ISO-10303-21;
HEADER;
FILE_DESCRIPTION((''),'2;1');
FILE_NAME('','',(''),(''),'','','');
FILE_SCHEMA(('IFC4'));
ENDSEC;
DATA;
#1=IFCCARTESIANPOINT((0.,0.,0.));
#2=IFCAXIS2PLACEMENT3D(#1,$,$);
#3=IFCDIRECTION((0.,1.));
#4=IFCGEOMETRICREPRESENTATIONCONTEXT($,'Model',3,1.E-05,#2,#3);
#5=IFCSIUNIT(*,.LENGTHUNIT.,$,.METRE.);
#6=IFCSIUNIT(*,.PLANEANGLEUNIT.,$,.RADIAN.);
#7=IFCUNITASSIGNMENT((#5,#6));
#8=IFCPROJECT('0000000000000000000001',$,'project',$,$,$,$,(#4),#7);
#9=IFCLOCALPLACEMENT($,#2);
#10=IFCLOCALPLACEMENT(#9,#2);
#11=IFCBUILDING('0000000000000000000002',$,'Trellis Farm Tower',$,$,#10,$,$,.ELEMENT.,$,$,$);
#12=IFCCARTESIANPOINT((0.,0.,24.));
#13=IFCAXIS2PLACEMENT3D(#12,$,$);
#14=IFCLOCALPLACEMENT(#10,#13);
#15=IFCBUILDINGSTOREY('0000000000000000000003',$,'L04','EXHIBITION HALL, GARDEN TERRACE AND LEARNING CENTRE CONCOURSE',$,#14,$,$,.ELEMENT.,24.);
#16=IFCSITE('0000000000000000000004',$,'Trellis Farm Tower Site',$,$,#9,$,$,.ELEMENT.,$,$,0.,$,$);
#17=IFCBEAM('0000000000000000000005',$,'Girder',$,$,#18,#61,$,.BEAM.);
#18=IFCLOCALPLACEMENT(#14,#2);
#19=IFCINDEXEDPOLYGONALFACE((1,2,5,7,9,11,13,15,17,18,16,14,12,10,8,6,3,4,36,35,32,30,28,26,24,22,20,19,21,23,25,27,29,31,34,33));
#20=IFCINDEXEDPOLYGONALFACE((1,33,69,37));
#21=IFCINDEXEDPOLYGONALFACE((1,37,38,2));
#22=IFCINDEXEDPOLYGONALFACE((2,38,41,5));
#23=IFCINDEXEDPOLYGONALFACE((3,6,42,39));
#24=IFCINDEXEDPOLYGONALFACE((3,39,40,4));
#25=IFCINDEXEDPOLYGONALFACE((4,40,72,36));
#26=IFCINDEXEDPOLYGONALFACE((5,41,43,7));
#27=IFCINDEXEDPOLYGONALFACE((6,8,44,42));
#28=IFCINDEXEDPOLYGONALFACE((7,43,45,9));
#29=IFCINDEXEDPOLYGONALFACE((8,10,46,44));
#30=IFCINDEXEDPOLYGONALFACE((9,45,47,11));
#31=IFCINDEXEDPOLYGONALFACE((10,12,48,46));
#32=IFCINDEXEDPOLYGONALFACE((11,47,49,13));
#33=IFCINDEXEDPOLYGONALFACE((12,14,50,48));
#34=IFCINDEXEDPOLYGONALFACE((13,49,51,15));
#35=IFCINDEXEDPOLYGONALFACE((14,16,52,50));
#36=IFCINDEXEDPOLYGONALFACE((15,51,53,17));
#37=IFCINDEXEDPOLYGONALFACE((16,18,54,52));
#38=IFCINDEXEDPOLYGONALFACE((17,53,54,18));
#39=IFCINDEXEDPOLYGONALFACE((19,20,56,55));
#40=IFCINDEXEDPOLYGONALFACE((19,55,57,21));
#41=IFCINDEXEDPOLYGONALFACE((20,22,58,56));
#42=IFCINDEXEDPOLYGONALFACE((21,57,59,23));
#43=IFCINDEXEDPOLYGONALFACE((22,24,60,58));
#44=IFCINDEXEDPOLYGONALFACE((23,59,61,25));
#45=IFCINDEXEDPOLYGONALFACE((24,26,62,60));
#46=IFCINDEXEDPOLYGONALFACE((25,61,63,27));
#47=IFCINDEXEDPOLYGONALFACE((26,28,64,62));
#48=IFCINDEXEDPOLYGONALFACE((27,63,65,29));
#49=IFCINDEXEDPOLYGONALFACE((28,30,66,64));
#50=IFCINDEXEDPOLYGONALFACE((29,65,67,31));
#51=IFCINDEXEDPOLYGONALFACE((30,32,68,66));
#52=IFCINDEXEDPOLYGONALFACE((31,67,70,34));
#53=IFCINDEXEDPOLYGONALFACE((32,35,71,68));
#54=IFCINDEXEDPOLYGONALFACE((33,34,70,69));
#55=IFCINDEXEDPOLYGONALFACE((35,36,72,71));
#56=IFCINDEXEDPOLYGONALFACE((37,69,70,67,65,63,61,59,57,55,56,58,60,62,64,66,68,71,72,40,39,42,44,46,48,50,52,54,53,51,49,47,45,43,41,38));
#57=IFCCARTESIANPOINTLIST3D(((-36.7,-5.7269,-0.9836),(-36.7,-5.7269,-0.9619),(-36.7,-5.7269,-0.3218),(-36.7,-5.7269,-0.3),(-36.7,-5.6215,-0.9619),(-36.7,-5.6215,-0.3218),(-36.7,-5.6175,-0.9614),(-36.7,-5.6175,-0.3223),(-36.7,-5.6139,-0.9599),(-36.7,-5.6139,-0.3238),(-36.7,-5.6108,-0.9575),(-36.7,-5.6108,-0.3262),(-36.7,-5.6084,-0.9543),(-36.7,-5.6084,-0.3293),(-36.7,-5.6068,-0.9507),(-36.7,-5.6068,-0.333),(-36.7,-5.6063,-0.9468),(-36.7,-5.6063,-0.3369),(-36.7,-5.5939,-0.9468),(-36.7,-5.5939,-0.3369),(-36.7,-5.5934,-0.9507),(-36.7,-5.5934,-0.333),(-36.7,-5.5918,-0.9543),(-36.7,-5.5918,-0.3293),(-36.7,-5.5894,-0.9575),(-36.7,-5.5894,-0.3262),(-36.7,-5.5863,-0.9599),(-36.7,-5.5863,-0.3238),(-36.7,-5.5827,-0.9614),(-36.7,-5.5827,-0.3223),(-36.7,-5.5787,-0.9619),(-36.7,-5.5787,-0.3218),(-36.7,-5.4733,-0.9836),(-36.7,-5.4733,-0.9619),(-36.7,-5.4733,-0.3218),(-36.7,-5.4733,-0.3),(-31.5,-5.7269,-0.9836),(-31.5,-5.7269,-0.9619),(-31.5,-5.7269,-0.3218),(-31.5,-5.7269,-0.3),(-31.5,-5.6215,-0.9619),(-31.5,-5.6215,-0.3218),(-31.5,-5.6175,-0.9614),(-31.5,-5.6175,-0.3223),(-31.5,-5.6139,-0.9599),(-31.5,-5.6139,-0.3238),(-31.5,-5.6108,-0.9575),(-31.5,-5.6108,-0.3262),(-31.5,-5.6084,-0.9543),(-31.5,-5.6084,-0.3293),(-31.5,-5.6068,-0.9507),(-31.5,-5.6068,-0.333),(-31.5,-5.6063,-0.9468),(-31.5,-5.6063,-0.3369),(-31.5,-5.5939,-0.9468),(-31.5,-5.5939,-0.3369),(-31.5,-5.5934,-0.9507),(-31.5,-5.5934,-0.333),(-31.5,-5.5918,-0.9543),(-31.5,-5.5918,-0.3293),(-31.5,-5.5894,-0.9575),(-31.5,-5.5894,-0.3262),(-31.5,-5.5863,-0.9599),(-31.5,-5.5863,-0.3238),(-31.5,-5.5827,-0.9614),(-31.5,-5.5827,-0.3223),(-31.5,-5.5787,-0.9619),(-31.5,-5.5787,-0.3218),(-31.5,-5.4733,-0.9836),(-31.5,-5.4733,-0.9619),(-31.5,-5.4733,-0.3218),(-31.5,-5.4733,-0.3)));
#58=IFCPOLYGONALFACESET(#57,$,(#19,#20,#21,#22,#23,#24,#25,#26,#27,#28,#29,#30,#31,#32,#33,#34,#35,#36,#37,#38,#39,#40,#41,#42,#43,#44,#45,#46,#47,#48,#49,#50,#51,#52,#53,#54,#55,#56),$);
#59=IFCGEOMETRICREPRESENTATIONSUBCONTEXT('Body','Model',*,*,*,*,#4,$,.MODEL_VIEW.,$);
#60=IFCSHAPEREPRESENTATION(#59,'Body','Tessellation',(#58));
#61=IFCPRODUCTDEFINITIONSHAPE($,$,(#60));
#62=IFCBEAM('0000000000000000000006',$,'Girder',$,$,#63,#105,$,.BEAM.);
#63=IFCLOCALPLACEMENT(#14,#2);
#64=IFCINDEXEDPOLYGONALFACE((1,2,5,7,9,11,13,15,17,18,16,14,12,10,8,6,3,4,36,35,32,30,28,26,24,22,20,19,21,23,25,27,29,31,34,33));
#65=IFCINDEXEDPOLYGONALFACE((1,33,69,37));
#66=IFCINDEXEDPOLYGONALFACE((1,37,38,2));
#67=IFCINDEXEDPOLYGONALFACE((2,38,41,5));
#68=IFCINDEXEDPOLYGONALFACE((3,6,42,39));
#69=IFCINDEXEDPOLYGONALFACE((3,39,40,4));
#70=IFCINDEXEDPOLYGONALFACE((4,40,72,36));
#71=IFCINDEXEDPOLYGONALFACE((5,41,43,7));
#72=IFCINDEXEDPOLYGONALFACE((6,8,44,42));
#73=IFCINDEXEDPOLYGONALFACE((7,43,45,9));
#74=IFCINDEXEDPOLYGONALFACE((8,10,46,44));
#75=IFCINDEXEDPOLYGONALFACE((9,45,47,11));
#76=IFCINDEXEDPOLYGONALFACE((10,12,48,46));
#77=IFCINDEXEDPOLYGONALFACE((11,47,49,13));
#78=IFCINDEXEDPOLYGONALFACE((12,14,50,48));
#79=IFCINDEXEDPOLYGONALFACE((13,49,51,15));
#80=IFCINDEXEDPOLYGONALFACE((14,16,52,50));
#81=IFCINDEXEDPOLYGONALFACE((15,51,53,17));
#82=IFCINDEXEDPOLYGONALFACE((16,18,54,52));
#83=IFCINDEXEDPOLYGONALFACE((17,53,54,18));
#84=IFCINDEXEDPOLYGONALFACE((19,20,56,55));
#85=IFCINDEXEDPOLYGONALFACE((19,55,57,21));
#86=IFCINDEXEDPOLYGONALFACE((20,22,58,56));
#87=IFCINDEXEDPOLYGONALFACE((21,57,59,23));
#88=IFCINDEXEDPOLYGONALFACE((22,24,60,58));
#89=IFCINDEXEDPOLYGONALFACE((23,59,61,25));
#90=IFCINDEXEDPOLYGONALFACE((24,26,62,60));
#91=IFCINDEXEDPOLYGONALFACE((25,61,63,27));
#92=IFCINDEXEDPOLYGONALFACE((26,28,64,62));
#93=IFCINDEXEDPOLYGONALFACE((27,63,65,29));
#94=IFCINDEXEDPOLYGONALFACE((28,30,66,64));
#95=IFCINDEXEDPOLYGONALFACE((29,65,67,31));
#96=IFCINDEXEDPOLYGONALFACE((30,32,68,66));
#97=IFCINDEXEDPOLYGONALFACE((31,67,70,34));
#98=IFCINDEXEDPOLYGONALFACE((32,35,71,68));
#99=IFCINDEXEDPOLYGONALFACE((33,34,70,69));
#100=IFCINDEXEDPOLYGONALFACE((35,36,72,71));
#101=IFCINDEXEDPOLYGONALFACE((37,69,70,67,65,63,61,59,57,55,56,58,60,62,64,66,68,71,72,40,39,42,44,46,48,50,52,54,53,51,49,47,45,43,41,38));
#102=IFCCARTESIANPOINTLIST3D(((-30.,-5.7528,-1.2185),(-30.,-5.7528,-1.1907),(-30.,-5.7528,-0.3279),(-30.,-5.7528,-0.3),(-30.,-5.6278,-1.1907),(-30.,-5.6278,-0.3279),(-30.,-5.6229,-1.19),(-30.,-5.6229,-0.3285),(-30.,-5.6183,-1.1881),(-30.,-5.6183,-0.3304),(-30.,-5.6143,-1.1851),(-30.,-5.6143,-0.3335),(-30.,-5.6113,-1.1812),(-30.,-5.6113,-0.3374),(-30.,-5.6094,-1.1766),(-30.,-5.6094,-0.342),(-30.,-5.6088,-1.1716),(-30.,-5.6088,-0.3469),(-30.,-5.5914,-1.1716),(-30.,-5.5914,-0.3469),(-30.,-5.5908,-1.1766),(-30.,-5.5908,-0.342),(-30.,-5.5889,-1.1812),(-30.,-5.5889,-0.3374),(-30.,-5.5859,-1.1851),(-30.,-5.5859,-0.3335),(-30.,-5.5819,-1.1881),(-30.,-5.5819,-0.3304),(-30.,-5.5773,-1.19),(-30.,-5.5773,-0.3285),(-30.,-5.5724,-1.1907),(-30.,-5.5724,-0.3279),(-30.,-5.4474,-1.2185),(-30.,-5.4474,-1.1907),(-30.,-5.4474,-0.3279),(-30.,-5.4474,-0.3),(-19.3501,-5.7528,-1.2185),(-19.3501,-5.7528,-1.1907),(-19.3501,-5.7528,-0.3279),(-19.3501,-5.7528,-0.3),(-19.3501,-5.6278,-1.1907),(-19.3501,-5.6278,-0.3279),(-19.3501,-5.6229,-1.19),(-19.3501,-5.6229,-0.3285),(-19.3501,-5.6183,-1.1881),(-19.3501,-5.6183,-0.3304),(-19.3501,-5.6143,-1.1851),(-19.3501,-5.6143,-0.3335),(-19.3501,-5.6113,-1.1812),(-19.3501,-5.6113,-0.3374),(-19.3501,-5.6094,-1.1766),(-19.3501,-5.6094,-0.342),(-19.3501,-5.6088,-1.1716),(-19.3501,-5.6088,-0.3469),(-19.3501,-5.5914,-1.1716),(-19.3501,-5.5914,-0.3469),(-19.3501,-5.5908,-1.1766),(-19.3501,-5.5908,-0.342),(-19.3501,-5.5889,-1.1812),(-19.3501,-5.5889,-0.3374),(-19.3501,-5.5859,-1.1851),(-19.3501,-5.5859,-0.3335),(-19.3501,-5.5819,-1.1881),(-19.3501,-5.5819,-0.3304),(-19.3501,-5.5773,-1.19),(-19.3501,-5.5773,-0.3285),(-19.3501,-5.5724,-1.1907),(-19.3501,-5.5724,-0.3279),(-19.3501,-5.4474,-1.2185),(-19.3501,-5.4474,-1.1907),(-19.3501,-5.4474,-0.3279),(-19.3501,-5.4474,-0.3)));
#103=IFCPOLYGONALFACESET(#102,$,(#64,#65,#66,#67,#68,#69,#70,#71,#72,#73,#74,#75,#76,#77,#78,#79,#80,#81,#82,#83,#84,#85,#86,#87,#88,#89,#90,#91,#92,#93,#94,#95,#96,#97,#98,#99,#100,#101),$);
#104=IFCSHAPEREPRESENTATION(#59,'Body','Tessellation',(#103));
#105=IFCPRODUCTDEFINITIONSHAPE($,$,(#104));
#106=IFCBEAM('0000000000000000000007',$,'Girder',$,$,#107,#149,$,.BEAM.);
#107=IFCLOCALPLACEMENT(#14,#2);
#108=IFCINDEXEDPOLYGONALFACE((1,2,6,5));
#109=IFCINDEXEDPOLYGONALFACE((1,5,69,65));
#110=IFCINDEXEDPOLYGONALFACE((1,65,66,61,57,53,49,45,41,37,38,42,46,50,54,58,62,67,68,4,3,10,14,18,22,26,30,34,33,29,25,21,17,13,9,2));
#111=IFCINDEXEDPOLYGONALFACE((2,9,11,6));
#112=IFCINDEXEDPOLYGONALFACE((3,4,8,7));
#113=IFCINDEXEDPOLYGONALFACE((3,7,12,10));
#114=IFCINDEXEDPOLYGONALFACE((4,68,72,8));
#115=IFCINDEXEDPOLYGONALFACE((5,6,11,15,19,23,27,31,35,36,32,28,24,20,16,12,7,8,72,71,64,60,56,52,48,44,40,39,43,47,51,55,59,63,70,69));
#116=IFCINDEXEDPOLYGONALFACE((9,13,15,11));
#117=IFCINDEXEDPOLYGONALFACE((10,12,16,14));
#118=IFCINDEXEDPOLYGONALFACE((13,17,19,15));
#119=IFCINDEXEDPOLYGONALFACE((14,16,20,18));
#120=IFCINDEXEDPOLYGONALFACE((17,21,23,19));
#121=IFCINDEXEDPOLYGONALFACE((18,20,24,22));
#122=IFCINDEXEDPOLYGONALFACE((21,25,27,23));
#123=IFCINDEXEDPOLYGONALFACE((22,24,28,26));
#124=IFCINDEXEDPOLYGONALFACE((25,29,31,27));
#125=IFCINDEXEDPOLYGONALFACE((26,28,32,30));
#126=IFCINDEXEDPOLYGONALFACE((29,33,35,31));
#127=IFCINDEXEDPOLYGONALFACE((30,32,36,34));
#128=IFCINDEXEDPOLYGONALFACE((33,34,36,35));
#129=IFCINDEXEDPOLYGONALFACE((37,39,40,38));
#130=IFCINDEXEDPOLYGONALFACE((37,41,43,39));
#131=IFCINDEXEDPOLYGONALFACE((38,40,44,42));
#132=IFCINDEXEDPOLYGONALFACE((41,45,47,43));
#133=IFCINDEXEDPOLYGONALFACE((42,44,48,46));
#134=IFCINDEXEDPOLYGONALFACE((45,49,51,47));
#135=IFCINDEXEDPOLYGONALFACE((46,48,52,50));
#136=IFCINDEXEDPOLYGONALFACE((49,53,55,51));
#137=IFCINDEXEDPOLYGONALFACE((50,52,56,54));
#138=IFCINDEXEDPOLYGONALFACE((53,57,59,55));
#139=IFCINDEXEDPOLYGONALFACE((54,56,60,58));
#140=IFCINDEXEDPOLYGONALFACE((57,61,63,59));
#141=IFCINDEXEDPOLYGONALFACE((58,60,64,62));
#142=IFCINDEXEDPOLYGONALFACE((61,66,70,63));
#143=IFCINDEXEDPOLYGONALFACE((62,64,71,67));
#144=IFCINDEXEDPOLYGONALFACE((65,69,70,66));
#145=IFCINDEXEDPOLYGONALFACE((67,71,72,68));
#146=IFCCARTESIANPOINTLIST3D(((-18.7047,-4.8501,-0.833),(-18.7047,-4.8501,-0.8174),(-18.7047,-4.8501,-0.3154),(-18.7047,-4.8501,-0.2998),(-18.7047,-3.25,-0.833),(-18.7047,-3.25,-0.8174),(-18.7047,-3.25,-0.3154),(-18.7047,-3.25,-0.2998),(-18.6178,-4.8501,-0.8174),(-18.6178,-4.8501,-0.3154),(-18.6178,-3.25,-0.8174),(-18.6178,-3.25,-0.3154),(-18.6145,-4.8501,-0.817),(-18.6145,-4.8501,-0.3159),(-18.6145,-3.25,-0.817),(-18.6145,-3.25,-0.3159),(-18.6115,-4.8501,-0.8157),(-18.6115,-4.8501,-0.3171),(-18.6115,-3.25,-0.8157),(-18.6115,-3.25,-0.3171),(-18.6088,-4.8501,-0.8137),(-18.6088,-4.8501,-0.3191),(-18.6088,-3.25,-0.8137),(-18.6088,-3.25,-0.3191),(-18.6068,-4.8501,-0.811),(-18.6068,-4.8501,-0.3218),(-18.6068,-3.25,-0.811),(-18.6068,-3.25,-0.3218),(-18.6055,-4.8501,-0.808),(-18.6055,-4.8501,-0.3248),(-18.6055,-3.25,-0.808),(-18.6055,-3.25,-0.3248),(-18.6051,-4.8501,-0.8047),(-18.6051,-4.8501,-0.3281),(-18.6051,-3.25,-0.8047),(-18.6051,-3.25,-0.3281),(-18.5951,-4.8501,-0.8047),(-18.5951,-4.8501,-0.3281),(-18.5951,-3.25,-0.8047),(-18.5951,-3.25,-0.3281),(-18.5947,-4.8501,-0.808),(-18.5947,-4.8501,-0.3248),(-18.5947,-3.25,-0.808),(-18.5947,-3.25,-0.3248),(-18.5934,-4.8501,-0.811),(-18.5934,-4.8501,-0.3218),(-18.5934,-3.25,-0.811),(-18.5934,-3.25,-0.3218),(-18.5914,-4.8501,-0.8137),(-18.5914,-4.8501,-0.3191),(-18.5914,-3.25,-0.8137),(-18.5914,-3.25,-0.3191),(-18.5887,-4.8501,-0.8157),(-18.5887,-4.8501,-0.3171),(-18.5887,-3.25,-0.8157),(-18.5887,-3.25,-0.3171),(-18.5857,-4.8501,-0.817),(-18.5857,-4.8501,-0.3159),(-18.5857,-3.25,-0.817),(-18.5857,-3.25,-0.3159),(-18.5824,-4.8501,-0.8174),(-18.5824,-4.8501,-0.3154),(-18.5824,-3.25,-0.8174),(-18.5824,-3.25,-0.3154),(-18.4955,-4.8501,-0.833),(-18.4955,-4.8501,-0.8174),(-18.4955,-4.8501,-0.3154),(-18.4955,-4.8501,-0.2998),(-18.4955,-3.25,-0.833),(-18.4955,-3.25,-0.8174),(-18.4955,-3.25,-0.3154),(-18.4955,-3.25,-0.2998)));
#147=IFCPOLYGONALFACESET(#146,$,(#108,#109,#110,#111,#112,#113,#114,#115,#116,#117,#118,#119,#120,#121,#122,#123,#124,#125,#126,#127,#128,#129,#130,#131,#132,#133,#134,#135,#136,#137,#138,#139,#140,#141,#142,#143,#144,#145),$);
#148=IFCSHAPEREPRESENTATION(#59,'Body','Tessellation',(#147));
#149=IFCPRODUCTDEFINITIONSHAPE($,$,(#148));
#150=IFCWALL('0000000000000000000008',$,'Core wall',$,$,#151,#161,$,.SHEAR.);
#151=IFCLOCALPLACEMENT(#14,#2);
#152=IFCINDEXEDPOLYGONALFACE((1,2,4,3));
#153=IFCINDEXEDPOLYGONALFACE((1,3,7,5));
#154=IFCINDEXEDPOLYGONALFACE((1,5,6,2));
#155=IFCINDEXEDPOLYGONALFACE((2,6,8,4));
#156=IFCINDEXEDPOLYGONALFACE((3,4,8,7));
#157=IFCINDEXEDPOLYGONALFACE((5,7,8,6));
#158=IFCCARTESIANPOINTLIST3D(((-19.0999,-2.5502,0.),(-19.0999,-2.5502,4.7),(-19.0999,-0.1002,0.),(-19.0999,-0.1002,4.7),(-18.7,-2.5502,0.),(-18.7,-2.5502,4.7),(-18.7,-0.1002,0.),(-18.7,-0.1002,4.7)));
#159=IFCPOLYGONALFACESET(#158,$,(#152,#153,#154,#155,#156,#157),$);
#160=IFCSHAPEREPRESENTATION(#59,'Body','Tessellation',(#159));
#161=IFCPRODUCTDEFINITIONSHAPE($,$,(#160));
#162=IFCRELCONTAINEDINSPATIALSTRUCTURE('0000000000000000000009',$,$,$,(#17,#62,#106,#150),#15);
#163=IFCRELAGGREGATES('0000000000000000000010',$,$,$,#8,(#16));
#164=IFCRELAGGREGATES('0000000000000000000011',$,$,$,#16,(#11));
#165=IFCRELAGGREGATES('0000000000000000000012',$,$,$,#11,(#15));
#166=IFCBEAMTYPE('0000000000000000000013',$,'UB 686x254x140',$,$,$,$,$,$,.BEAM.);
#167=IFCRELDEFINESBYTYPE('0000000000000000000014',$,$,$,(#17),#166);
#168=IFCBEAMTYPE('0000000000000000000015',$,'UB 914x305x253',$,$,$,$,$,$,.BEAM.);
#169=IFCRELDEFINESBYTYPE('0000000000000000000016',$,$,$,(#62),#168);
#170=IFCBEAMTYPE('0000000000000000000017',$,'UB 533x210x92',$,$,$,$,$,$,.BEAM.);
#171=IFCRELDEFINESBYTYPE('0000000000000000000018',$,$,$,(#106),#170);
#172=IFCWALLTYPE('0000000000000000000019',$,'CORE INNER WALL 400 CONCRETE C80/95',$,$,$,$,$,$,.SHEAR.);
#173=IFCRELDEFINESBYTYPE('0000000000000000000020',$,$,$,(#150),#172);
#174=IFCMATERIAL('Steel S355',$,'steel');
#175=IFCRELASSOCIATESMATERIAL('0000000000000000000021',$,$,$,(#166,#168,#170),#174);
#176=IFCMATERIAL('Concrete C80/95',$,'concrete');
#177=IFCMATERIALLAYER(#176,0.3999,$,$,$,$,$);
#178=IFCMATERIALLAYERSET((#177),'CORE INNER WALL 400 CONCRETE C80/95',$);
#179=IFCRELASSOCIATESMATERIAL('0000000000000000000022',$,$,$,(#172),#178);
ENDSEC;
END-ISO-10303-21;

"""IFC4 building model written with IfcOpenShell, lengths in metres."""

from ifc_helpers import new_model, si_unit, direction, frame, frame_2d, origin, origin_2d, place, context, subcontext, project, spatial, rectangle, i_section, extrude, source, transform, mapped, material, layer, layer_set, material_profile, profile_set, type_object, element, save


model = new_model("IFC4")

# Units and contexts
model_context = context("Model", 3, precision=1e-05, world=origin(), true_north=direction((0.0, 1.0)))
body_context = subcontext(model_context, "Body", "Model", "MODEL_VIEW")
ifc_project = project(units=[si_unit("LENGTHUNIT", "METRE"), si_unit("PLANEANGLEUNIT", "RADIAN")], contexts=[model_context])

# Site, building, storey
site_placement = place(None, origin())
site = spatial("IfcSite", under=ifc_project, at=site_placement, Name="Trellis Farm Tower Site", CompositionType="ELEMENT", RefElevation=0.0)
building_placement = place(site_placement, origin())
building = spatial("IfcBuilding", under=site, at=building_placement, Name="Trellis Farm Tower", CompositionType="ELEMENT")
storey_placement = place(building_placement, frame((0.0, 0.0, 24.0)))
storey = spatial("IfcBuildingStorey", under=building, at=storey_placement, Name="L04", Description="EXHIBITION HALL, GARDEN TERRACE AND LEARNING CENTRE CONCOURSE", CompositionType="ELEMENT", Elevation=24.0)

# Shared definitions
ifc_material_1 = material(Name="Concrete C80/95", Category="concrete")

# Beams
ifc_material_2 = material(Name="Steel S355", Category="steel")
ifc_material_profile_1 = material_profile(ifc_material_2, i_section(OverallWidth=0.2537, OverallDepth=0.6836, WebThickness=0.0125, FlangeThickness=0.0217, FilletRadius=0.0151, at=origin_2d()), Name="UB 686x254x140")
ifc_profile_set_1 = profile_set([ifc_material_profile_1], Name="Steel S355")
beam_type_1 = type_object("IfcBeamType", Name="UB 686x254x140", PredefinedType="BEAM", material=ifc_profile_set_1)
shared_shape_1 = source(origin(), body_context, "Body", "SweptSolid", [
    extrude(i_section(OverallWidth=0.2537, OverallDepth=0.6836, WebThickness=0.0125, FlangeThickness=0.0217, FilletRadius=0.0151, at=origin_2d()), origin(), (0.0, 0.0, 1.0), 5.2),
])
beam_1_placement = place(storey_placement, frame((-36.7, -5.6001, -0.6418), z_axis=(1.0, 0.0, 0.0), x_axis=(0.0, 1.0, 0.0)))
element("IfcBeam", 1, at=beam_1_placement, inside=storey, type_object=beam_type_1, Name="Girder", PredefinedType="BEAM", context=body_context, shape_type="MappedRepresentation", body=[
    mapped(shared_shape_1, transform((0.0, 0.0, 0.0))),
])
ifc_material_profile_2 = material_profile(ifc_material_2, i_section(OverallWidth=0.3054, OverallDepth=0.9185, WebThickness=0.0173, FlangeThickness=0.0278, FilletRadius=0.019, at=origin_2d()), Name="UB 914x305x253")
ifc_profile_set_2 = profile_set([ifc_material_profile_2], Name="Steel S355")
beam_type_2 = type_object("IfcBeamType", Name="UB 914x305x253", PredefinedType="BEAM", material=ifc_profile_set_2)
shared_shape_2 = source(origin(), body_context, "Body", "SweptSolid", [
    extrude(i_section(OverallWidth=0.3054, OverallDepth=0.9185, WebThickness=0.0173, FlangeThickness=0.0278, FilletRadius=0.019, at=origin_2d()), origin(), (0.0, 0.0, 1.0), 10.6499),
])
beam_2_placement = place(storey_placement, frame((-30.0, -5.6001, -0.7593), z_axis=(1.0, 0.0, 0.0), x_axis=(0.0, 1.0, 0.0)))
element("IfcBeam", 2, at=beam_2_placement, inside=storey, type_object=beam_type_2, Name="Girder", PredefinedType="BEAM", context=body_context, shape_type="MappedRepresentation", body=[
    mapped(shared_shape_2, transform((0.0, 0.0, 0.0))),
])
ifc_material_profile_3 = material_profile(ifc_material_2, i_section(OverallWidth=0.2092, OverallDepth=0.5332, WebThickness=0.01, FlangeThickness=0.0156, FilletRadius=0.0127, at=origin_2d()), Name="UB 533x210x92")
ifc_profile_set_3 = profile_set([ifc_material_profile_3], Name="Steel S355")
beam_type_3 = type_object("IfcBeamType", Name="UB 533x210x92", PredefinedType="BEAM", material=ifc_profile_set_3)
shared_shape_3 = source(origin(), body_context, "Body", "SweptSolid", [
    extrude(i_section(OverallWidth=0.2092, OverallDepth=0.5332, WebThickness=0.01, FlangeThickness=0.0156, FilletRadius=0.0127, at=origin_2d()), origin(), (0.0, 0.0, 1.0), 1.6001),
])
beam_3_placement = place(storey_placement, frame((-18.6001, -4.8501, -0.5664), z_axis=(0.0, 1.0, 0.0), x_axis=(-1.0, 0.0, 0.0)))
element("IfcBeam", 3, at=beam_3_placement, inside=storey, type_object=beam_type_3, Name="Girder", PredefinedType="BEAM", context=body_context, shape_type="MappedRepresentation", body=[
    mapped(shared_shape_3, transform((0.0, 0.0, 0.0))),
])

# Wall
ifc_layer_1 = layer(ifc_material_1, 0.3999)
ifc_layer_set_1 = layer_set([ifc_layer_1], Name="CORE INNER WALL 400 CONCRETE C80/95")
wall_type_1 = type_object("IfcWallType", Name="CORE INNER WALL 400 CONCRETE C80/95", PredefinedType="SHEAR", material=ifc_layer_set_1)
shared_shape_4 = source(origin(), body_context, "Body", "SweptSolid", [
    extrude(rectangle(XDim=2.45, YDim=0.3999, at=frame_2d((1.2251, 0.0))), origin(), (0.0, 0.0, 1.0), 4.7),
])
wall_1_placement = place(storey_placement, frame((-18.8999, -0.1001, 0.0), z_axis=(0.0, 0.0, 1.0), x_axis=(0.0, -1.0, 0.0)))
element("IfcWall", 4, at=wall_1_placement, inside=storey, type_object=wall_type_1, Name="Core wall", PredefinedType="SHEAR", context=body_context, shape_type="MappedRepresentation", body=[
    mapped(shared_shape_4, transform((0.0, 0.0, 0.0))),
])

save(model, "model.ifc")
